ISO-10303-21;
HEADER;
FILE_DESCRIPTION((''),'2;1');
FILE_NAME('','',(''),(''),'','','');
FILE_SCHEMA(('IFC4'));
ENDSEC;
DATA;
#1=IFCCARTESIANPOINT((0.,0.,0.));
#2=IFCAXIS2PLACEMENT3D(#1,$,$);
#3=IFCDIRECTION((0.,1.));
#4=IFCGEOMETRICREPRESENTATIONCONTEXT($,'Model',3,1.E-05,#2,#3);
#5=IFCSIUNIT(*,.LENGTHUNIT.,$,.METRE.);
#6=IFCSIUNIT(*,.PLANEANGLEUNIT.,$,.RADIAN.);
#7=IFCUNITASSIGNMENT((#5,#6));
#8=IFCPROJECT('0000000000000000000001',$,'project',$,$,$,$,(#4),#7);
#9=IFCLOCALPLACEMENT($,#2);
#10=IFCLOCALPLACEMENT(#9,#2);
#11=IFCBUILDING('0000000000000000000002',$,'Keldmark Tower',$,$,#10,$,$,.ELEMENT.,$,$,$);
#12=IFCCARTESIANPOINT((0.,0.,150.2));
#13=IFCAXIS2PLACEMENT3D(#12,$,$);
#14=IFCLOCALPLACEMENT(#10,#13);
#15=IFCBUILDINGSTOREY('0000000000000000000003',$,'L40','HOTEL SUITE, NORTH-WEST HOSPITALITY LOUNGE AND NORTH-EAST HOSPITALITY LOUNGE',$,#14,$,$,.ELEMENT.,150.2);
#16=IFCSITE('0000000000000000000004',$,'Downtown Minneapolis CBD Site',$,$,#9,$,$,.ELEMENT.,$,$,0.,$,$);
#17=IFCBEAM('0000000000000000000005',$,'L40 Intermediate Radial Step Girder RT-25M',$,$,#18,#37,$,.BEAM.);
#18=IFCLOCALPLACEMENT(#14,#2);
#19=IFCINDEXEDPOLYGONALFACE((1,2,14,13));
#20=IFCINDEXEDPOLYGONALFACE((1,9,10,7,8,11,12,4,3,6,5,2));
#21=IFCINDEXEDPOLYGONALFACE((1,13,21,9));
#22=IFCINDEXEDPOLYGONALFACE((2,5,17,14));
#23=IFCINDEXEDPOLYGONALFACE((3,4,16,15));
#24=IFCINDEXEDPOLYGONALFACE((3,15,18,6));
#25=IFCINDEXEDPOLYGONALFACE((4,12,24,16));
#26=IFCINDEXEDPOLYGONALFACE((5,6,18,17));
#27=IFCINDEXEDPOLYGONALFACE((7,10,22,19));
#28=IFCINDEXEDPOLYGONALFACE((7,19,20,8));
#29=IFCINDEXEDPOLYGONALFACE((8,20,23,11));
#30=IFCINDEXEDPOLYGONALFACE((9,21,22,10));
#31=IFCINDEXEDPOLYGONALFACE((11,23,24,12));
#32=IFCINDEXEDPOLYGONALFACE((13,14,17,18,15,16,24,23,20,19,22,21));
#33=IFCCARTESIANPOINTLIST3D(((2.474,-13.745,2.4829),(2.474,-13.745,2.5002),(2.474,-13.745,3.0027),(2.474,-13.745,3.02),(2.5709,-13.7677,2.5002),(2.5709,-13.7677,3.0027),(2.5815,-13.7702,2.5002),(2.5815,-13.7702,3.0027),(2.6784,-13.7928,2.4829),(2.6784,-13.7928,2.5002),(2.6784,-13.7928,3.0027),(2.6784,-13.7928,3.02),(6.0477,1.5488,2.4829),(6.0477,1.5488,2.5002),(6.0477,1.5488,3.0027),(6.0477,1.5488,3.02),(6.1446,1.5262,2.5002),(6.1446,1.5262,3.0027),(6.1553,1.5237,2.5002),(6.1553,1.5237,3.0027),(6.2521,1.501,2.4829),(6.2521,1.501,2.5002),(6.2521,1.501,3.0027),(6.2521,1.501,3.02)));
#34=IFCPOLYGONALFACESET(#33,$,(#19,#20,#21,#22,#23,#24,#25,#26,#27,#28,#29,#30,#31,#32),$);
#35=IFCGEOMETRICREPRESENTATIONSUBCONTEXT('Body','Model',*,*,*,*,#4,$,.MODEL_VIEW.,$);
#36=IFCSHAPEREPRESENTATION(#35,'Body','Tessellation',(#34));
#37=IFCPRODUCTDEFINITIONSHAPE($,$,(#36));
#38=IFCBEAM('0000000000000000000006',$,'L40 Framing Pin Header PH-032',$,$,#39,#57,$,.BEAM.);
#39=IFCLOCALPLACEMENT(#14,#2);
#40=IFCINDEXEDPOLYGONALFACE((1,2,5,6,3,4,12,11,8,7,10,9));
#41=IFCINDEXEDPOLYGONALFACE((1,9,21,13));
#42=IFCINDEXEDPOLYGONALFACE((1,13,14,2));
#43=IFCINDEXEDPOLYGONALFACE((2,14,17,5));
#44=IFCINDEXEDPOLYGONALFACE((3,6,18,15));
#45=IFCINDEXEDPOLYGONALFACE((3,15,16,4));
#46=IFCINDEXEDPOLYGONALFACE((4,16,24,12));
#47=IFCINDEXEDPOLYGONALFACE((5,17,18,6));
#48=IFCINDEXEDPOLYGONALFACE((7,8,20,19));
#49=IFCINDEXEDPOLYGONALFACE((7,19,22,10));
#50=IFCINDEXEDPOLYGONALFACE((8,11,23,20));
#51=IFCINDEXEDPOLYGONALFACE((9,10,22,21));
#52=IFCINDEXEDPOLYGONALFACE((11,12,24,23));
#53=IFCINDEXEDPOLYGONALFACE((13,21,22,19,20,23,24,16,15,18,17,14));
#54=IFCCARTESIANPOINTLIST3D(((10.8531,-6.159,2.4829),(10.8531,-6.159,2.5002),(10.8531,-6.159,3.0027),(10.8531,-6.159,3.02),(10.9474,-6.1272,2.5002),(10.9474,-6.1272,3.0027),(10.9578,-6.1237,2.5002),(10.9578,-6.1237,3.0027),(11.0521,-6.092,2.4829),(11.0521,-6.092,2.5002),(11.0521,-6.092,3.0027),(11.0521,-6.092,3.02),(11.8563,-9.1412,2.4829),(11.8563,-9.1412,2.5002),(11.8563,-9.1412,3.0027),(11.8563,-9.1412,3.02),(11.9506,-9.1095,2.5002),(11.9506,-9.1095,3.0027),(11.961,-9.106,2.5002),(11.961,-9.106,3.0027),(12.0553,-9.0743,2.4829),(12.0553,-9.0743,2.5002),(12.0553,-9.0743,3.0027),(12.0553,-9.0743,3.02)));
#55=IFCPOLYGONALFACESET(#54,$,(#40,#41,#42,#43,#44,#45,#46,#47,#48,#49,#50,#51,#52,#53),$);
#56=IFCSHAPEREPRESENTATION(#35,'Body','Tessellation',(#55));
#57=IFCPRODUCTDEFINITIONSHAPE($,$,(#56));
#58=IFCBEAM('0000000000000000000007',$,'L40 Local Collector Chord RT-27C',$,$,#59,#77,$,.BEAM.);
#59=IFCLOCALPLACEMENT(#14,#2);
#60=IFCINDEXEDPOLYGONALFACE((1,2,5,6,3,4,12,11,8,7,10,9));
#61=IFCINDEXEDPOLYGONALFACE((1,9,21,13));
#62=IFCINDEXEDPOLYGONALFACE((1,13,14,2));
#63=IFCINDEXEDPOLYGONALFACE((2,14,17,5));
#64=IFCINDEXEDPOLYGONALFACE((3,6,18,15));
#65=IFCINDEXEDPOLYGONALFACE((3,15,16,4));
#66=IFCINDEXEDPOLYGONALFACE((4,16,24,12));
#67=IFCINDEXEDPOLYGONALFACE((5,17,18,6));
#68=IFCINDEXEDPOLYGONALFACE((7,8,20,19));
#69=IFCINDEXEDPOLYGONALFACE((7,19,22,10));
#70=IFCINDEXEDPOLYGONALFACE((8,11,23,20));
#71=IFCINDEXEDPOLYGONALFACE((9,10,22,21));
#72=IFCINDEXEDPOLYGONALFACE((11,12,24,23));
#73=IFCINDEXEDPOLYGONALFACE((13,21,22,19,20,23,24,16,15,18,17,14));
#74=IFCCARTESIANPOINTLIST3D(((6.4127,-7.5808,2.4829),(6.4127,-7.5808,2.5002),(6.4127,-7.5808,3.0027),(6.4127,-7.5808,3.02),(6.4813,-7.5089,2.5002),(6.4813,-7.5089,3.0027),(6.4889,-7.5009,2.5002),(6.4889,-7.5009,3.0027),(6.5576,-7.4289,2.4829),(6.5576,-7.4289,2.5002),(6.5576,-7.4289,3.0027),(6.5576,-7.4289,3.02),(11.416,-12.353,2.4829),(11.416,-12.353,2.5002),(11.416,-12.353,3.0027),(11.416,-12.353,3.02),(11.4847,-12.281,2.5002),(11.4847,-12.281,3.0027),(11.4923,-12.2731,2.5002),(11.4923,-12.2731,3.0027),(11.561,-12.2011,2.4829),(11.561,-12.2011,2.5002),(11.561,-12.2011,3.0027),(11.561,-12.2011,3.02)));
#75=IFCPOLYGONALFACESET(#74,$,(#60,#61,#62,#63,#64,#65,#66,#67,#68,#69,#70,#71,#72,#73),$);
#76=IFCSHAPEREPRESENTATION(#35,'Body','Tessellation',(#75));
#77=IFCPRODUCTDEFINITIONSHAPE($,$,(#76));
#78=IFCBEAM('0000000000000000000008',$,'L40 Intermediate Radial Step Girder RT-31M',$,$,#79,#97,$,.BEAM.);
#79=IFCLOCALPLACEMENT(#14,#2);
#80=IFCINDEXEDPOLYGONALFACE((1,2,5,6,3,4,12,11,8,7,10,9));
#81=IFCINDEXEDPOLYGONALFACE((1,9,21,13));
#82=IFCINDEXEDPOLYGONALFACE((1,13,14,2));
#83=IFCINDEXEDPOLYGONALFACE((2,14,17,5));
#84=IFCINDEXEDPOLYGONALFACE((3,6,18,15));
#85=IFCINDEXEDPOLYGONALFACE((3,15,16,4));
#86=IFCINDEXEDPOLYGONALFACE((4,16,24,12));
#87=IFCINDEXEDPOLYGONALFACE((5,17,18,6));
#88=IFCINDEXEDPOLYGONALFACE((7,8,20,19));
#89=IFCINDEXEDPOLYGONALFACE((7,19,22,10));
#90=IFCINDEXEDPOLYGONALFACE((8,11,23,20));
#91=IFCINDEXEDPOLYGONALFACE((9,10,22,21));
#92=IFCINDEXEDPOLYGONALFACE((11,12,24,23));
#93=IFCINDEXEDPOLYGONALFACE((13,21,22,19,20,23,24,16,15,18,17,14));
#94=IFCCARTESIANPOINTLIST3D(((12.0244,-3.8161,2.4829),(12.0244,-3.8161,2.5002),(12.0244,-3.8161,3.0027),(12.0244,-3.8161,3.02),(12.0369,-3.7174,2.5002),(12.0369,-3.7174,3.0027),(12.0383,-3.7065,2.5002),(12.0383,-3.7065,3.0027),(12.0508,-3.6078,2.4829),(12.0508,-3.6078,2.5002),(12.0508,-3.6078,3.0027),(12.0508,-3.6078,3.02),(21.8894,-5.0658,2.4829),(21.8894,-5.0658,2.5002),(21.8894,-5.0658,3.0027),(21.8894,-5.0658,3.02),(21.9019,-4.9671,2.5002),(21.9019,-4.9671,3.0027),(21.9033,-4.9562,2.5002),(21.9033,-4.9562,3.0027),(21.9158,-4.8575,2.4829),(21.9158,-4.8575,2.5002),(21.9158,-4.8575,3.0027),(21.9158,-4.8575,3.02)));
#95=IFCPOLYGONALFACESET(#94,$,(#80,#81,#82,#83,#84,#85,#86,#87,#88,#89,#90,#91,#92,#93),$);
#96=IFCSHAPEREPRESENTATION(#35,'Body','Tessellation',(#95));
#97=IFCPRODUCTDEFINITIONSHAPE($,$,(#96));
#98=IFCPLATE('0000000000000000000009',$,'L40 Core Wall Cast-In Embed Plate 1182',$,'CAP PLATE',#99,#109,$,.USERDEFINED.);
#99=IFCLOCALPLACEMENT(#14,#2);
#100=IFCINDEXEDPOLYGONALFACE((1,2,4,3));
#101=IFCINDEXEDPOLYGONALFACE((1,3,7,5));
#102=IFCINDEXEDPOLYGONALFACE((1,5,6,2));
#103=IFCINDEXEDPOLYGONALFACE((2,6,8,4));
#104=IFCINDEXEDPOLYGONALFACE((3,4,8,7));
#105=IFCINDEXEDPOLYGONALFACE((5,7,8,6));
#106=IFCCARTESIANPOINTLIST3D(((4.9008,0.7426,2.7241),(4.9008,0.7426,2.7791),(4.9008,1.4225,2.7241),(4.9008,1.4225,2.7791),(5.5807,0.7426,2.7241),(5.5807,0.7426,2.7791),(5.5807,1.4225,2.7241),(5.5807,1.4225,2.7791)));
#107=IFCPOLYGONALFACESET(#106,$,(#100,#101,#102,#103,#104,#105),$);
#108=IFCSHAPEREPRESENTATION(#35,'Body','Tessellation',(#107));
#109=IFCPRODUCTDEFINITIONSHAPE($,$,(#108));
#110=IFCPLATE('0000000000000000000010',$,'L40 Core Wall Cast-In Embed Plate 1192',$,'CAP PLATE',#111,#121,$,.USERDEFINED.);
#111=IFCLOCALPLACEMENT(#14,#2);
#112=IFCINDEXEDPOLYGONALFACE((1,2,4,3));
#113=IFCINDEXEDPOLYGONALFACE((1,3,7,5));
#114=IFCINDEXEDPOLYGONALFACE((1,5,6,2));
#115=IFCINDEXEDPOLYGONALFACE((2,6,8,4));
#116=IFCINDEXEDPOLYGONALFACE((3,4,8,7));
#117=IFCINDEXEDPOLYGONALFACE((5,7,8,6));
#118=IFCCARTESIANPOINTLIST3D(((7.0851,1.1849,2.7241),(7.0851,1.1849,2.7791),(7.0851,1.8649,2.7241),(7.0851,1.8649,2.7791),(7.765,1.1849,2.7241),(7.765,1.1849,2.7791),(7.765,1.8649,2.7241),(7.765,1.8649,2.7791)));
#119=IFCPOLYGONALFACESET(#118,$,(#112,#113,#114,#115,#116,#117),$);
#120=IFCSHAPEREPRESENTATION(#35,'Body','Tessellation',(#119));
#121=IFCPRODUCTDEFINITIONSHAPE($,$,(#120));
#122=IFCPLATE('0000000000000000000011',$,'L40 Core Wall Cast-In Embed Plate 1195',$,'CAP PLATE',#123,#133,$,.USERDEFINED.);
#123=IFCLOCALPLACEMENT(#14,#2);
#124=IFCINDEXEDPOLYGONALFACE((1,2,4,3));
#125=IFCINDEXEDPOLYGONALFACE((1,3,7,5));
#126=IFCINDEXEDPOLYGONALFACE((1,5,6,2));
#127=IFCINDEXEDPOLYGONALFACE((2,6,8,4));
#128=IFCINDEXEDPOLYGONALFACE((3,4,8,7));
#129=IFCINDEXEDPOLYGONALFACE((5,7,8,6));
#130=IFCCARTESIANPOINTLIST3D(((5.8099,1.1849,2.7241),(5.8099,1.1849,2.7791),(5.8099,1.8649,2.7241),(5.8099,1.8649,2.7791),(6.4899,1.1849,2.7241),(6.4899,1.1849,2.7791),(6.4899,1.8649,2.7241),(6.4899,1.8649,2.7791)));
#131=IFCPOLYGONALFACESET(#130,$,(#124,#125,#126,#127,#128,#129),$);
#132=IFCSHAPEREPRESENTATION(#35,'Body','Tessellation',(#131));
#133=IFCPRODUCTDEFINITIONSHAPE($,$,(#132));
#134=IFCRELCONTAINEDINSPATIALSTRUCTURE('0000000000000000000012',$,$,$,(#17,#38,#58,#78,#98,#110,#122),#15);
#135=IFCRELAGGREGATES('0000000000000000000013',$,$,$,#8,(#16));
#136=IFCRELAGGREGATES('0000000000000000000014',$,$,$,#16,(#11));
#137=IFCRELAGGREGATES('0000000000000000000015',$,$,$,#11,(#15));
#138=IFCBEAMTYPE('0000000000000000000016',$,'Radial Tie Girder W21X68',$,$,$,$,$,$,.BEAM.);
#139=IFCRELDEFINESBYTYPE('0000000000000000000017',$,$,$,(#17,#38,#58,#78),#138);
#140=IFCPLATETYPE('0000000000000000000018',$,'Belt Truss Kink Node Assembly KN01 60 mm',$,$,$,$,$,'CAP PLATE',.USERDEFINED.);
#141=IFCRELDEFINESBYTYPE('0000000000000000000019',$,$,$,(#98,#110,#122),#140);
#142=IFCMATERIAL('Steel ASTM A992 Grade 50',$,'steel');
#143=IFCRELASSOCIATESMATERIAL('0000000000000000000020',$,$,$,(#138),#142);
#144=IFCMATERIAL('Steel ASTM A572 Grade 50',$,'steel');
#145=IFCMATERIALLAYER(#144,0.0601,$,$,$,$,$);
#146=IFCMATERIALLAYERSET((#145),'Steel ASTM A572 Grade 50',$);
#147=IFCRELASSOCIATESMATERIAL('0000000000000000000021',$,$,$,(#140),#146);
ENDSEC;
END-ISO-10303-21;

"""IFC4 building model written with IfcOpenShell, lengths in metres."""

from ifc_helpers import new_model, si_unit, direction, frame, origin, origin_2d, place, context, subcontext, project, spatial, rectangle, i_section, extrude, material, layer, layer_set, material_profile, profile_set, type_object, element, save


model = new_model("IFC4")

# Units and contexts
model_context = context("Model", 3, precision=1e-05, world=origin(), true_north=direction((0.0, 1.0)))
body_context = subcontext(model_context, "Body", "Model", "MODEL_VIEW")
ifc_project = project(units=[si_unit("LENGTHUNIT", "METRE"), si_unit("PLANEANGLEUNIT", "RADIAN")], contexts=[model_context])

# Site, building, storey
site_placement = place(None, origin())
site = spatial("IfcSite", under=ifc_project, at=site_placement, Name="Downtown Minneapolis CBD Site", CompositionType="ELEMENT", RefElevation=0.0)
building_placement = place(site_placement, origin())
building = spatial("IfcBuilding", under=site, at=building_placement, Name="Keldmark Tower", CompositionType="ELEMENT")
storey_placement = place(building_placement, frame((0.0, 0.0, 150.2)))
storey = spatial("IfcBuildingStorey", under=building, at=storey_placement, Name="L40", Description="HOTEL SUITE, NORTH-WEST HOSPITALITY LOUNGE AND NORTH-EAST HOSPITALITY LOUNGE", CompositionType="ELEMENT", Elevation=150.2)

# Beams
ifc_material_1 = material(Name="Steel ASTM A992 Grade 50", Category="steel")
ifc_material_profile_1 = material_profile(ifc_material_1, i_section(OverallWidth=0.21, OverallDepth=0.5371, WebThickness=0.011, FlangeThickness=0.0173, at=origin_2d()), Name="W21X68")
ifc_profile_set_1 = profile_set([ifc_material_profile_1], Name="Steel ASTM A992 Grade 50")
beam_type_1 = type_object("IfcBeamType", Name="Radial Tie Girder W21X68", PredefinedType="BEAM", material=ifc_profile_set_1)
beam_1_placement = place(storey_placement, frame((6.1499, 1.5249, 2.7515), z_axis=(-0.22754, -0.973769, 0.0), x_axis=(0.973769, -0.22754, 0.0)))
element("IfcBeam", 1, at=beam_1_placement, inside=storey, type_object=beam_type_1, Name="L40 Intermediate Radial Step Girder RT-25M", PredefinedType="BEAM", context=body_context, shape_type="SweptSolid", body=[
    extrude(i_section(OverallWidth=0.21, OverallDepth=0.5371, WebThickness=0.011, FlangeThickness=0.0173, at=origin_2d()), origin(), (0.0, 0.0, 1.0), 15.7058),
])
beam_2_placement = place(storey_placement, frame((10.9526, -6.1255, 2.7515), z_axis=(0.318834, -0.947811, 0.0), x_axis=(0.947811, 0.318834, 0.0)))
element("IfcBeam", 2, at=beam_2_placement, inside=storey, type_object=beam_type_1, Name="L40 Framing Pin Header PH-032", PredefinedType="BEAM", context=body_context, shape_type="SweptSolid", body=[
    extrude(i_section(OverallWidth=0.21, OverallDepth=0.5371, WebThickness=0.011, FlangeThickness=0.0173, at=origin_2d()), origin(), (0.0, 0.0, 1.0), 3.1465),
])
beam_3_placement = place(storey_placement, frame((6.4851, -7.5049, 2.7515), z_axis=(0.723628, -0.69019, 0.0), x_axis=(0.69019, 0.723628, 0.0)))
element("IfcBeam", 3, at=beam_3_placement, inside=storey, type_object=beam_type_1, Name="L40 Local Collector Chord RT-27C", PredefinedType="BEAM", context=body_context, shape_type="SweptSolid", body=[
    extrude(i_section(OverallWidth=0.21, OverallDepth=0.5371, WebThickness=0.011, FlangeThickness=0.0173, at=origin_2d()), origin(), (0.0, 0.0, 1.0), 6.9143),
])
beam_4_placement = place(storey_placement, frame((12.0376, -3.7119, 2.7515), z_axis=(0.992071, -0.125681, 0.0), x_axis=(0.125681, 0.992071, 0.0)))
element("IfcBeam", 4, at=beam_4_placement, inside=storey, type_object=beam_type_1, Name="L40 Intermediate Radial Step Girder RT-31M", PredefinedType="BEAM", context=body_context, shape_type="SweptSolid", body=[
    extrude(i_section(OverallWidth=0.21, OverallDepth=0.5371, WebThickness=0.011, FlangeThickness=0.0173, at=origin_2d()), origin(), (0.0, 0.0, 1.0), 9.9438),
])

# Plates
ifc_material_2 = material(Name="Steel ASTM A572 Grade 50", Category="steel")
ifc_layer_1 = layer(ifc_material_2, 0.0601)
ifc_layer_set_1 = layer_set([ifc_layer_1], Name="Steel ASTM A572 Grade 50")
plate_type = type_object("IfcPlateType", Name="Belt Truss Kink Node Assembly KN01 60 mm", ElementType="CAP PLATE", PredefinedType="USERDEFINED", material=ifc_layer_set_1)
for number, where, z_axis, x_axis, name in (
    (5, (5.2407, 1.0825, 2.7241), (0.0, 0.0, 1.0), (1.0, 0.0, 0.0), "L40 Core Wall Cast-In Embed Plate 1182"),
    (6, (7.425, 1.5249, 2.7241), (0.0, 0.0, 1.0), (1.0, 0.0, 0.0), "L40 Core Wall Cast-In Embed Plate 1192"),
    (7, (6.1499, 1.5249, 2.7241), (0.0, 0.0, 1.0), (1.0, 0.0, 0.0), "L40 Core Wall Cast-In Embed Plate 1195"),
):
    element("IfcPlate", number, at=place(storey_placement, frame(where, z_axis=z_axis, x_axis=x_axis)), inside=storey, type_object=plate_type, Name=name, ObjectType="CAP PLATE", PredefinedType="USERDEFINED", context=body_context, shape_type="SweptSolid", body=[
        extrude(rectangle(XDim=0.6799, YDim=0.6799, at=origin_2d()), origin(), (0.0, 0.0, 1.0), 0.0549),
    ])

save(model, "model.ifc")
